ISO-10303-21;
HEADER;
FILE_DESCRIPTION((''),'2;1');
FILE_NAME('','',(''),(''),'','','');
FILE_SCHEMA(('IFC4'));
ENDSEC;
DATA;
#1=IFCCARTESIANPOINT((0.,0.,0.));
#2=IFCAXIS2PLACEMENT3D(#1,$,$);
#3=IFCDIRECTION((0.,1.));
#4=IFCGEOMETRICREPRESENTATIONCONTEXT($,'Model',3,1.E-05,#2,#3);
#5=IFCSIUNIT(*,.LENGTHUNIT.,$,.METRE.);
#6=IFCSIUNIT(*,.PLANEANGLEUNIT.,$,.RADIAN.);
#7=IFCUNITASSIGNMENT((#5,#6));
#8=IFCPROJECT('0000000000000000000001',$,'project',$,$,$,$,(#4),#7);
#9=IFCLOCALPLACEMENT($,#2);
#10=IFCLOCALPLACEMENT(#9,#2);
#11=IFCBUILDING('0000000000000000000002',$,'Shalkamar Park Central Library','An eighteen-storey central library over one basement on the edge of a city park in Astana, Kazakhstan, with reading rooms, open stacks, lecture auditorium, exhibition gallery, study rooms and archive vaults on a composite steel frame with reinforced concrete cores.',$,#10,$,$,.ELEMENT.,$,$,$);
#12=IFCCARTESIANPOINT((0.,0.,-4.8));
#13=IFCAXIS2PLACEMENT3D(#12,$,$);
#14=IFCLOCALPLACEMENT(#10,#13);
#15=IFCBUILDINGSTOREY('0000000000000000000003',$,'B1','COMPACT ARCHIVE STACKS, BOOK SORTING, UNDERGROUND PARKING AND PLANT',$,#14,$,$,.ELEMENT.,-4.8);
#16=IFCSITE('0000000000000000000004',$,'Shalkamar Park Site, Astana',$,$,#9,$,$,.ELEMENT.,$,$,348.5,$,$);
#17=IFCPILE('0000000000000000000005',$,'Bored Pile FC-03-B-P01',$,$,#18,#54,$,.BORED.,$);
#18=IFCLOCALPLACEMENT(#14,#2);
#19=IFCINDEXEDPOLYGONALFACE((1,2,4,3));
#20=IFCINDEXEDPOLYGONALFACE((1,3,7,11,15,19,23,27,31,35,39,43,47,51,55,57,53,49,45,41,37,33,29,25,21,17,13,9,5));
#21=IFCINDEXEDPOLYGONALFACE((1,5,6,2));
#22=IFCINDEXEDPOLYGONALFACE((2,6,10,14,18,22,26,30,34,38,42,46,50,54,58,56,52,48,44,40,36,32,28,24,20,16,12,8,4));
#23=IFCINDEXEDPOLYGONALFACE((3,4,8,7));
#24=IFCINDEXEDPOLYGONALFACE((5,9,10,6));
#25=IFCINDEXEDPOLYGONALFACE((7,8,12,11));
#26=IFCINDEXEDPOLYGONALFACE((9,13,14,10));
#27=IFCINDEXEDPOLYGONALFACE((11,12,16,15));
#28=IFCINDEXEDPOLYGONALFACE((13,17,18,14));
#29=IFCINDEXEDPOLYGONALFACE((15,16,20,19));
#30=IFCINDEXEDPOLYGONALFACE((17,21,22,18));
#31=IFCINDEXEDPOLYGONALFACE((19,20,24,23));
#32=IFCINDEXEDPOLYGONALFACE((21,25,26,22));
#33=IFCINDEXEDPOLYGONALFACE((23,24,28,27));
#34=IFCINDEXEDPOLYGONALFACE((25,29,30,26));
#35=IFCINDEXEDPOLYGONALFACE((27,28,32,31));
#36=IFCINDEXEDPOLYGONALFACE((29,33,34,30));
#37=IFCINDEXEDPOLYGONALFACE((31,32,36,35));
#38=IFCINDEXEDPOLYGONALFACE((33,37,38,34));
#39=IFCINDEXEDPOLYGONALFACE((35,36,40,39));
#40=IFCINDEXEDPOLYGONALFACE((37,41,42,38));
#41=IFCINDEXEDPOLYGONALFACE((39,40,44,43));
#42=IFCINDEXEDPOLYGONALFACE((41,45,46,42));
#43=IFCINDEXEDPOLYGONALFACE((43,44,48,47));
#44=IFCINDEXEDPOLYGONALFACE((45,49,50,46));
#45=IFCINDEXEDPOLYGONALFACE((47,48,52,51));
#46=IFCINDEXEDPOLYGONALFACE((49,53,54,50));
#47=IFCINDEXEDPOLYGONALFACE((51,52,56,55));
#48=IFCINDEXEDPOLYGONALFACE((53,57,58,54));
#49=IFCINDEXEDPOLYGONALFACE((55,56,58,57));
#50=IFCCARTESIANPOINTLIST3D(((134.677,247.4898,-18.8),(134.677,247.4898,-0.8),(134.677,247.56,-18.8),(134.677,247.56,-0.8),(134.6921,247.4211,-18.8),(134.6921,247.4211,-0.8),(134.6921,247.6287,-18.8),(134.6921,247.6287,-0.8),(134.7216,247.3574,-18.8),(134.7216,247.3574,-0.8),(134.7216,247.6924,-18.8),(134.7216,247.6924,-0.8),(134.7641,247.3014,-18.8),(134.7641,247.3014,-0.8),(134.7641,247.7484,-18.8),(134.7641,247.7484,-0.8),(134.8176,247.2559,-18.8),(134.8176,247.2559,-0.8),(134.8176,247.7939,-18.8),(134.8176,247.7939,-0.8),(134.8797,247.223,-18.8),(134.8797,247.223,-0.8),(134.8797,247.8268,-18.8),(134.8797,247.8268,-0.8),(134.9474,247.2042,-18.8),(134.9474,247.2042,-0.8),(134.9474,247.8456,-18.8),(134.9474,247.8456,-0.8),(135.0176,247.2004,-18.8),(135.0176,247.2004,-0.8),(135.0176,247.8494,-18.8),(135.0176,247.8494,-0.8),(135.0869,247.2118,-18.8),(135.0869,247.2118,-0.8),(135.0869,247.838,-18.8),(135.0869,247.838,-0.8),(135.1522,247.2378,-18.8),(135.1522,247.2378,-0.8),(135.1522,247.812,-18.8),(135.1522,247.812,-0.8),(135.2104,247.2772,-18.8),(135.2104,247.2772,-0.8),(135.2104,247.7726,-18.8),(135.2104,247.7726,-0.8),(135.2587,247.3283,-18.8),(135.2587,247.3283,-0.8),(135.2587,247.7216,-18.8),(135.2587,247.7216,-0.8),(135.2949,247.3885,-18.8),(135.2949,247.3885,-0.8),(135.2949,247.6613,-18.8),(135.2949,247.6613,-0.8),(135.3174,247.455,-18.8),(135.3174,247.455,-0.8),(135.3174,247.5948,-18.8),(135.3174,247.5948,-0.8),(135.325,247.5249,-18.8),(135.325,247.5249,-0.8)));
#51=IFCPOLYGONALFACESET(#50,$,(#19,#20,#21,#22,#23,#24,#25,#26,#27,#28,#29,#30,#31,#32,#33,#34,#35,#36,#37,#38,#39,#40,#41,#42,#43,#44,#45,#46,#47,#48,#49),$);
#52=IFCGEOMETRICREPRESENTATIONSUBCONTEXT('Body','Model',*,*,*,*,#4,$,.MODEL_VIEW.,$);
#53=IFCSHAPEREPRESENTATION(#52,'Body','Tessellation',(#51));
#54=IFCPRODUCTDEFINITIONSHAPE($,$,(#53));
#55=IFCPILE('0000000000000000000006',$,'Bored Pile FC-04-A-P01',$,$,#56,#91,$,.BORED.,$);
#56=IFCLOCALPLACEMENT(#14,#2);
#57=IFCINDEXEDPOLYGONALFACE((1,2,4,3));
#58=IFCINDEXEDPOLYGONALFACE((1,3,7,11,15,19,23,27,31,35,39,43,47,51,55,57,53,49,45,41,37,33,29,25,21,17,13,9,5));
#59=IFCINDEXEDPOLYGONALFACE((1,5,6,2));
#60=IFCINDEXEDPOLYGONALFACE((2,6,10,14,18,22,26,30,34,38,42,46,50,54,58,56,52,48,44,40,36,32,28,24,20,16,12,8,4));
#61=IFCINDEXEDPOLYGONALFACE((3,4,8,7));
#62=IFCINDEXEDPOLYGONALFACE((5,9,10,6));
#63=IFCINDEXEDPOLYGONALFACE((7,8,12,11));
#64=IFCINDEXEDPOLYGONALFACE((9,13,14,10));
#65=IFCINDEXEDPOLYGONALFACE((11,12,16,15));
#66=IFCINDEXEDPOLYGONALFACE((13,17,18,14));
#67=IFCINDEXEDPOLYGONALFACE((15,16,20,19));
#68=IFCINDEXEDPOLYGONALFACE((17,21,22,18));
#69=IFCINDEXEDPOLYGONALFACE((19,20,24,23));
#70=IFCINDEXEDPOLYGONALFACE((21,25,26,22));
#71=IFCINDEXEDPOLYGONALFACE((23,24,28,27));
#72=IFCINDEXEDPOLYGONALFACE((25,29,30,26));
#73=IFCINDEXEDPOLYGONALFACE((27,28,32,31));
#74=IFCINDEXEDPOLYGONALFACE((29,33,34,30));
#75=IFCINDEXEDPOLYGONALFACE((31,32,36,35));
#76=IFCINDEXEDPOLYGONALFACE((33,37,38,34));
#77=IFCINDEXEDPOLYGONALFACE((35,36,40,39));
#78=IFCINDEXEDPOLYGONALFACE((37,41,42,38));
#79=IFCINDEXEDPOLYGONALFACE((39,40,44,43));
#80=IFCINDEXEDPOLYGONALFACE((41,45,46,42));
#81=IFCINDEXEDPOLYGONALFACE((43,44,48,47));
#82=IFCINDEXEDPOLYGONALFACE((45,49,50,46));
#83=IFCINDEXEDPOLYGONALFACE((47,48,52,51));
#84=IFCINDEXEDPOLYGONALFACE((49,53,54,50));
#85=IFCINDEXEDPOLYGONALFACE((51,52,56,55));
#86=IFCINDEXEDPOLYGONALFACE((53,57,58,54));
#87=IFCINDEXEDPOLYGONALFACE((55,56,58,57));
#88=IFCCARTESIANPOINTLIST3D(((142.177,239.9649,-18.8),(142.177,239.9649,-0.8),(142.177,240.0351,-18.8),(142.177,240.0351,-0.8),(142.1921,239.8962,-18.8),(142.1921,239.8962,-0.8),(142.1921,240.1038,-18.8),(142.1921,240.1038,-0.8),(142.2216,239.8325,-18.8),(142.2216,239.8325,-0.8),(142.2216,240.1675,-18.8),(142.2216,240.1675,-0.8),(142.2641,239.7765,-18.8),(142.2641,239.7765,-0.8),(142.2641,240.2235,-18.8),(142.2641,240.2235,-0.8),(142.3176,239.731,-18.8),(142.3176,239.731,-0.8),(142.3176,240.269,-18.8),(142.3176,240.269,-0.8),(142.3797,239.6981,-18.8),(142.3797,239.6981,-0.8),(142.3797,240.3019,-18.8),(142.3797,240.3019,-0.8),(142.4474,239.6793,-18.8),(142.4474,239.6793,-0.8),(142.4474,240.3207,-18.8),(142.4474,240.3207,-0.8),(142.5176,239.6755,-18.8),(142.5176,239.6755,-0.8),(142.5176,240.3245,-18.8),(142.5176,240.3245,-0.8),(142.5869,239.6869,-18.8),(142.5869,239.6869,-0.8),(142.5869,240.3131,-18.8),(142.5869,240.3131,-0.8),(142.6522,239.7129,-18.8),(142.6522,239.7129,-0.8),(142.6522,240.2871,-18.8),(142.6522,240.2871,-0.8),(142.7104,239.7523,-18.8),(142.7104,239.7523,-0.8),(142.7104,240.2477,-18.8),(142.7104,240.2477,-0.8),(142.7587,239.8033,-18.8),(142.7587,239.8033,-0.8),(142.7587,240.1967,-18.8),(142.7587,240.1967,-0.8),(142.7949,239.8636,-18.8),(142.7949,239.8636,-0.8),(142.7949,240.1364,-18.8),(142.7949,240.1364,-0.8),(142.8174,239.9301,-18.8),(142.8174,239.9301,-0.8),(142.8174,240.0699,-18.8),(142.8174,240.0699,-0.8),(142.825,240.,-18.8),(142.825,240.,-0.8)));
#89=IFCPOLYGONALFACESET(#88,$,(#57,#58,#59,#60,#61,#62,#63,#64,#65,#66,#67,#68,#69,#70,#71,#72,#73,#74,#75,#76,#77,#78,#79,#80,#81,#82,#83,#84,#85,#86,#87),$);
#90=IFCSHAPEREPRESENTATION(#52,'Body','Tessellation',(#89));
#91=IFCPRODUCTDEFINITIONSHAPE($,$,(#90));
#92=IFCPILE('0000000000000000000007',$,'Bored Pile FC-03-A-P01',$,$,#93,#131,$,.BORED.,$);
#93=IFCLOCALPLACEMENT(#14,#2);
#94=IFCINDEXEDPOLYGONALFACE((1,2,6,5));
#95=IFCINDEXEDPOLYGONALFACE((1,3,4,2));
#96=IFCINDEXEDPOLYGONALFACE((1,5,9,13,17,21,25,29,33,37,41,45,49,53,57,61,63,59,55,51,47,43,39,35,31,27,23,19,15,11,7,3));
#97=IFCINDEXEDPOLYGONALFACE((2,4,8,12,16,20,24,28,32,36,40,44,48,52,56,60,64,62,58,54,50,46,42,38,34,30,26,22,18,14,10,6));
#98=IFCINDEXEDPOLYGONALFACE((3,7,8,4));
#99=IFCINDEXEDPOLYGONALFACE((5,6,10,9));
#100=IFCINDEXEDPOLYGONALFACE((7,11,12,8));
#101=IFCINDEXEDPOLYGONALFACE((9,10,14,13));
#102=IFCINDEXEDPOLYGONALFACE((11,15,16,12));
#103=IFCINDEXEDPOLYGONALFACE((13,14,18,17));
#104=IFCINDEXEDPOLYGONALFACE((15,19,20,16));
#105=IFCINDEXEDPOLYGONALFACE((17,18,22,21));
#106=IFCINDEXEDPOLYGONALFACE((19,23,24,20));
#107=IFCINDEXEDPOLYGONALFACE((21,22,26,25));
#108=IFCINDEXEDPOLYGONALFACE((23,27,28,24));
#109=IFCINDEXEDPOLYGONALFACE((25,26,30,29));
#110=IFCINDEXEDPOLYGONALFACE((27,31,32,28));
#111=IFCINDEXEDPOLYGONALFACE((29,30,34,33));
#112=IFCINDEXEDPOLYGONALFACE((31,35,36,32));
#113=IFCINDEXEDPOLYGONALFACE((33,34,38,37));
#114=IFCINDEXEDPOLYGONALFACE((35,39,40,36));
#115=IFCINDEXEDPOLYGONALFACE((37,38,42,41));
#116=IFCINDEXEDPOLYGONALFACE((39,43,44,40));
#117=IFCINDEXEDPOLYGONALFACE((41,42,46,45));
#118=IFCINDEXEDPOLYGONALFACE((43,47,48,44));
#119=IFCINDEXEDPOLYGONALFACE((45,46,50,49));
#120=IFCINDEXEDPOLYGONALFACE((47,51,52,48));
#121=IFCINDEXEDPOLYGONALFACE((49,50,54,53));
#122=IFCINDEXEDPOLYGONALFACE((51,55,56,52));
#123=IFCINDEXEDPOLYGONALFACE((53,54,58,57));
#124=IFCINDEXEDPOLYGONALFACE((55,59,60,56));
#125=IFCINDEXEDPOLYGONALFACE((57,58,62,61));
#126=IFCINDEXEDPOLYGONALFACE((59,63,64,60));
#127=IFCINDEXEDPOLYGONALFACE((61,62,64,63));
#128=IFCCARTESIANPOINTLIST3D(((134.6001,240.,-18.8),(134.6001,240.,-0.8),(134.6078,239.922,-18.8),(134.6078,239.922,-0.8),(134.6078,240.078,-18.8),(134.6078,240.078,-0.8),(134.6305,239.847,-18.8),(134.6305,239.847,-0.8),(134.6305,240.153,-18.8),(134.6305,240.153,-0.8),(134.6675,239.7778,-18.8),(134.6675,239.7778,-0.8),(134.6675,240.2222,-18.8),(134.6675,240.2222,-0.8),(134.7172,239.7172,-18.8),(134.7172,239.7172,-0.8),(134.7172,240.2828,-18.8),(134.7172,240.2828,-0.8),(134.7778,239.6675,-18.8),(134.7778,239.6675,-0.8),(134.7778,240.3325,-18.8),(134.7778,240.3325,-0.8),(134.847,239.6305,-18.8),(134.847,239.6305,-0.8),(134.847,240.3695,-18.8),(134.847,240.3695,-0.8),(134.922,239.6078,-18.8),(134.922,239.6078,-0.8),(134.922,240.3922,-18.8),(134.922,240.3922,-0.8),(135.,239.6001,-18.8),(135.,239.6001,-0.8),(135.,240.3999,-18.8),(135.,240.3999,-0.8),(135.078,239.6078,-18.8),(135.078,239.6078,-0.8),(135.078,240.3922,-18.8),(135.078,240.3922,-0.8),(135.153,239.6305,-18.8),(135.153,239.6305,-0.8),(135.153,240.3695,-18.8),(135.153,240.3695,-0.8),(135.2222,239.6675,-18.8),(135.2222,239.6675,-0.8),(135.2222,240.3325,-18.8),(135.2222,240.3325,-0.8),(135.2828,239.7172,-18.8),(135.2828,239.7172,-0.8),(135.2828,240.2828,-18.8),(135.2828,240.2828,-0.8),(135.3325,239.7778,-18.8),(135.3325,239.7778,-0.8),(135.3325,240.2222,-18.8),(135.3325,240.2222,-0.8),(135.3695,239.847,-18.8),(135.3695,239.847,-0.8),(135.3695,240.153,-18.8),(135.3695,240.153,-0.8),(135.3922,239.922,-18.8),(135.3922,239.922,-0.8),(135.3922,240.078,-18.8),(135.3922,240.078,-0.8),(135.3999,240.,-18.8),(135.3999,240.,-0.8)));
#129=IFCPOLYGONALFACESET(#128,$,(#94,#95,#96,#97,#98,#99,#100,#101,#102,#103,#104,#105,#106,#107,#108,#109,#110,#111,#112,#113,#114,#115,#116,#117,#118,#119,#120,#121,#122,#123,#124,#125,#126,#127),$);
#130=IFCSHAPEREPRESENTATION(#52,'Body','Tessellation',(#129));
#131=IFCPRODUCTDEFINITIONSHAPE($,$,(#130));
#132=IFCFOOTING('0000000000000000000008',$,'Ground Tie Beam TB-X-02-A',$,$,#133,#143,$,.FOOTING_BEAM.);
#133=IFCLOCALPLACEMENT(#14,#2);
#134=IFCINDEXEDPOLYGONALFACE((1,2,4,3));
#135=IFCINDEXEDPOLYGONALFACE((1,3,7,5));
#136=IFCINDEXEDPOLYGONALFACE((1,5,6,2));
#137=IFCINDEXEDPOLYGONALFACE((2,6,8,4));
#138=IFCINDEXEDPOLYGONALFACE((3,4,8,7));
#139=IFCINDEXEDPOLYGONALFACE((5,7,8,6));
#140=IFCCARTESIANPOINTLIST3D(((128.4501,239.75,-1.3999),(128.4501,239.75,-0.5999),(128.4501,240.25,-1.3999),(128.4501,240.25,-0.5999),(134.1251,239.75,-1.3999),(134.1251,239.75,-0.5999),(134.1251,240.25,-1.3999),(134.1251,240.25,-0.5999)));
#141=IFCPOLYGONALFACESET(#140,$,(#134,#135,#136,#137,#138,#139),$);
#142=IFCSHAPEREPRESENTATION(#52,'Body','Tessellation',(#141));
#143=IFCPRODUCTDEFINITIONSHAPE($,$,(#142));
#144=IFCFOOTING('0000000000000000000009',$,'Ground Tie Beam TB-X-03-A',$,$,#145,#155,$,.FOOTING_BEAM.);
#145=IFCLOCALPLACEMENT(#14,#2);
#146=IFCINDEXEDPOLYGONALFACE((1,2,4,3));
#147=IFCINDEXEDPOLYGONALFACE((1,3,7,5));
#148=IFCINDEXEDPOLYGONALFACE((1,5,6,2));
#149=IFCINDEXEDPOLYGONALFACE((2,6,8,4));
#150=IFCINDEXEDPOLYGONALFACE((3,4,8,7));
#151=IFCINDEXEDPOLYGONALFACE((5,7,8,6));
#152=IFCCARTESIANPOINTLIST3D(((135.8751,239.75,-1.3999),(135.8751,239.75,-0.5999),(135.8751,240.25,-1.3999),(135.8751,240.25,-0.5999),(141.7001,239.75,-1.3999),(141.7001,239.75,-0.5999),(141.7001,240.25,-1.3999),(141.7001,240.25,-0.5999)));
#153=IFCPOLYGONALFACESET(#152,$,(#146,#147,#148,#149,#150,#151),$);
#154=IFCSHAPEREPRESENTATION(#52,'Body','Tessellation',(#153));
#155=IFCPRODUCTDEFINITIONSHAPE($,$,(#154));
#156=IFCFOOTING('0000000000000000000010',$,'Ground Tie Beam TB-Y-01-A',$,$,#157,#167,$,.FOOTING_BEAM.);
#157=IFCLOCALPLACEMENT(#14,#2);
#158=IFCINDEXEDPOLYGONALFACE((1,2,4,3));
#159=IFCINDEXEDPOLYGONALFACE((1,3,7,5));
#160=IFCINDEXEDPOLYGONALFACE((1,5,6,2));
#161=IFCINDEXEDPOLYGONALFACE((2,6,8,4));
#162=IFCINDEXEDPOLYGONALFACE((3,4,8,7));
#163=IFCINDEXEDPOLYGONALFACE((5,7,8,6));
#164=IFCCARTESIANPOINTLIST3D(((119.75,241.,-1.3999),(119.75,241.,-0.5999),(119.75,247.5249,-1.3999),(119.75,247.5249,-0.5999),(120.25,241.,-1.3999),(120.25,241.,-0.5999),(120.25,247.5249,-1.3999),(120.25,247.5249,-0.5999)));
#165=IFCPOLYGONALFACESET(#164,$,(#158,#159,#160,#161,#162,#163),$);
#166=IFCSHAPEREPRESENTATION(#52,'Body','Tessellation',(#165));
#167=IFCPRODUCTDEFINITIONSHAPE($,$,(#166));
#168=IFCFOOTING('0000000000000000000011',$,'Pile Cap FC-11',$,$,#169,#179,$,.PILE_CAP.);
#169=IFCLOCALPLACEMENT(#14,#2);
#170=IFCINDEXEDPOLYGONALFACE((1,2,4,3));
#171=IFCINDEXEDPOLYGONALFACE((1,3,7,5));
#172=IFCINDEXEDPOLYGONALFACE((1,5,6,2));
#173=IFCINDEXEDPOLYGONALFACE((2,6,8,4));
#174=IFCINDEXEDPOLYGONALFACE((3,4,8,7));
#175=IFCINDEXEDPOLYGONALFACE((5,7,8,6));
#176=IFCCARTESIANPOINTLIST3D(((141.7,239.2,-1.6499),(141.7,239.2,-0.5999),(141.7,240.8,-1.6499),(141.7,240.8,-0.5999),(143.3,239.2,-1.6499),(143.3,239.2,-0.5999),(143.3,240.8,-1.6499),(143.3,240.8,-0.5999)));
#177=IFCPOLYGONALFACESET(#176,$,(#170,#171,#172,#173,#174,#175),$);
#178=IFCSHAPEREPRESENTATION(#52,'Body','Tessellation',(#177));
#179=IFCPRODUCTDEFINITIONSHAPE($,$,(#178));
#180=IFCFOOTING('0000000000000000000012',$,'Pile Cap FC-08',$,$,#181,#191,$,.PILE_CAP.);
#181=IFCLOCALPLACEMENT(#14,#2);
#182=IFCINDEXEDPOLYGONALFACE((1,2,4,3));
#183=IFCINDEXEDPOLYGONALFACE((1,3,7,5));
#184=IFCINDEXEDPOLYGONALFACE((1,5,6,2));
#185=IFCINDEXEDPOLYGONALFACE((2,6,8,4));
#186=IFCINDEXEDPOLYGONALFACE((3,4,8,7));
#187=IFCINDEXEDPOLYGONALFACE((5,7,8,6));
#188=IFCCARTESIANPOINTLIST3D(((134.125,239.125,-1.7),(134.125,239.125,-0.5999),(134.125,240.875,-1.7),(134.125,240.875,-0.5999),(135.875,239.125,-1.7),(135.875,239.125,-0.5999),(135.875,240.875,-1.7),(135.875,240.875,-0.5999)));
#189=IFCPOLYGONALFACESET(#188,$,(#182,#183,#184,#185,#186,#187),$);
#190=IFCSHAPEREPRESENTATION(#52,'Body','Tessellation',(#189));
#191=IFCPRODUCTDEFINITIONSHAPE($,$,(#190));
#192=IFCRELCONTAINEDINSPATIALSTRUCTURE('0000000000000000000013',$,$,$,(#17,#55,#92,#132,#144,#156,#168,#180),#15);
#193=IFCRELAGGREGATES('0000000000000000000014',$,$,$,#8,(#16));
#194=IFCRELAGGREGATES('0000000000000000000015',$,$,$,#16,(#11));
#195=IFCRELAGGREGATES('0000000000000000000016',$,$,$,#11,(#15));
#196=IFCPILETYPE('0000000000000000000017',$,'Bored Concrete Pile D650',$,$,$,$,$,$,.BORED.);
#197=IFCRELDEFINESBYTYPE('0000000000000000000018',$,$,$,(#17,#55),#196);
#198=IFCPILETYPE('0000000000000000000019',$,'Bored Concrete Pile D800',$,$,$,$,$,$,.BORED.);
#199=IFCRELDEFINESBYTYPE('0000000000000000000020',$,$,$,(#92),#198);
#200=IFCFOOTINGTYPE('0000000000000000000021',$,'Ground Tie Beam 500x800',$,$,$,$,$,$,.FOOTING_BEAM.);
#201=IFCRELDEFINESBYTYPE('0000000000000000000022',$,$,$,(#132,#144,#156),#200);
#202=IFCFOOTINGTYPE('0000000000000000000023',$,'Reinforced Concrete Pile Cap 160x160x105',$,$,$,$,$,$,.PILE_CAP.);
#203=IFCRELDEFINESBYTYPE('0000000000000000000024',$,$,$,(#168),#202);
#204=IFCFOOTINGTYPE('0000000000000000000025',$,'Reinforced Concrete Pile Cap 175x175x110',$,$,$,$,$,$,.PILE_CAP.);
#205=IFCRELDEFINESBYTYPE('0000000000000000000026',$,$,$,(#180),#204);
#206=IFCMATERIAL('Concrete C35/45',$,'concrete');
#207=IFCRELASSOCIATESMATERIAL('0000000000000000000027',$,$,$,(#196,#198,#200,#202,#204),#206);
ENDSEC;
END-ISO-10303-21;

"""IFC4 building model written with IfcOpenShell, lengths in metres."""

from ifc_helpers import new_model, si_unit, direction, frame, origin, origin_2d, place, context, subcontext, project, spatial, rectangle, circle, extrude, material, material_profile, profile_set, type_object, element, save


model = new_model("IFC4")

# Units and contexts
model_context = context("Model", 3, precision=1e-05, world=origin(), true_north=direction((0.0, 1.0)))
body_context = subcontext(model_context, "Body", "Model", "MODEL_VIEW")
ifc_project = project(units=[si_unit("LENGTHUNIT", "METRE"), si_unit("PLANEANGLEUNIT", "RADIAN")], contexts=[model_context])

# Site, building, storey
site_placement = place(None, origin())
site = spatial("IfcSite", under=ifc_project, at=site_placement, Name="Shalkamar Park Site, Astana", CompositionType="ELEMENT", RefElevation=348.5)
building_placement = place(site_placement, origin())
building = spatial("IfcBuilding", under=site, at=building_placement, Name="Shalkamar Park Central Library", Description="An eighteen-storey central library over one basement on the edge of a city park in Astana, Kazakhstan, with reading rooms, open stacks, lecture auditorium, exhibition gallery, study rooms and archive vaults on a composite steel frame with reinforced concrete cores.", CompositionType="ELEMENT")
storey_placement = place(building_placement, frame((0.0, 0.0, -4.8)))
storey = spatial("IfcBuildingStorey", under=building, at=storey_placement, Name="B1", Description="COMPACT ARCHIVE STACKS, BOOK SORTING, UNDERGROUND PARKING AND PLANT", CompositionType="ELEMENT", Elevation=-4.8)

# Piles
ifc_material_1 = material(Name="Concrete C35/45", Category="concrete")
ifc_material_profile_1 = material_profile(ifc_material_1, circle(Radius=0.325, at=origin_2d()), Name="PILE D650")
ifc_profile_set_1 = profile_set([ifc_material_profile_1], Name="Concrete C35/45")
pile_type_1 = type_object("IfcPileType", Name="Bored Concrete Pile D650", PredefinedType="BORED", material=ifc_profile_set_1)
for number, where, z_axis, x_axis, name in (
    (1, (135.0, 247.5249, -0.8), (0.0, 0.0, -1.0), (1.0, 0.0, 0.0), "Bored Pile FC-03-B-P01"),
    (2, (142.5, 240.0, -0.8), (0.0, 0.0, -1.0), (1.0, 0.0, 0.0), "Bored Pile FC-04-A-P01"),
):
    element("IfcPile", number, at=place(storey_placement, frame(where, z_axis=z_axis, x_axis=x_axis)), inside=storey, type_object=pile_type_1, Name=name, PredefinedType="BORED", context=body_context, shape_type="SweptSolid", body=[
        extrude(circle(Radius=0.325, at=origin_2d()), origin(), (0.0, 0.0, 1.0), 18.0),
    ])
ifc_material_profile_2 = material_profile(ifc_material_1, circle(Radius=0.3999, at=origin_2d()), Name="PILE D800")
ifc_profile_set_2 = profile_set([ifc_material_profile_2], Name="Concrete C35/45")
pile_type_2 = type_object("IfcPileType", Name="Bored Concrete Pile D800", PredefinedType="BORED", material=ifc_profile_set_2)
pile_placement = place(storey_placement, frame((135.0, 240.0, -0.8), z_axis=(0.0, 0.0, -1.0), x_axis=(1.0, 0.0, 0.0)))
element("IfcPile", 3, at=pile_placement, inside=storey, type_object=pile_type_2, Name="Bored Pile FC-03-A-P01", PredefinedType="BORED", context=body_context, shape_type="SweptSolid", body=[
    extrude(circle(Radius=0.3999, at=origin_2d()), origin(), (0.0, 0.0, 1.0), 18.0),
])

# Footings
footing_type_1 = type_object("IfcFootingType", Name="Ground Tie Beam 500x800", PredefinedType="FOOTING_BEAM", material=ifc_material_1)
footing_1_placement = place(storey_placement, frame((131.2876, 240.0, -1.3999), z_axis=(0.0, 0.0, 1.0), x_axis=(1.0, 0.0, 0.0)))
element("IfcFooting", 4, at=footing_1_placement, inside=storey, type_object=footing_type_1, Name="Ground Tie Beam TB-X-02-A", PredefinedType="FOOTING_BEAM", context=body_context, shape_type="SweptSolid", body=[
    extrude(rectangle(XDim=5.675, YDim=0.5, at=origin_2d()), origin(), (0.0, 0.0, 1.0), 0.8),
])
footing_2_placement = place(storey_placement, frame((138.7876, 240.0, -1.3999), z_axis=(0.0, 0.0, 1.0), x_axis=(1.0, 0.0, 0.0)))
element("IfcFooting", 5, at=footing_2_placement, inside=storey, type_object=footing_type_1, Name="Ground Tie Beam TB-X-03-A", PredefinedType="FOOTING_BEAM", context=body_context, shape_type="SweptSolid", body=[
    extrude(rectangle(XDim=5.825, YDim=0.5, at=origin_2d()), origin(), (0.0, 0.0, 1.0), 0.8),
])
footing_3_placement = place(storey_placement, frame((120.0, 244.2625, -1.3999), z_axis=(0.0, 0.0, 1.0), x_axis=(0.0, 1.0, 0.0)))
element("IfcFooting", 6, at=footing_3_placement, inside=storey, type_object=footing_type_1, Name="Ground Tie Beam TB-Y-01-A", PredefinedType="FOOTING_BEAM", context=body_context, shape_type="SweptSolid", body=[
    extrude(rectangle(XDim=6.5249, YDim=0.5, at=origin_2d()), origin(), (0.0, 0.0, 1.0), 0.8),
])
footing_type_2 = type_object("IfcFootingType", Name="Reinforced Concrete Pile Cap 160x160x105", PredefinedType="PILE_CAP", material=ifc_material_1)
footing_4_placement = place(storey_placement, frame((142.5, 240.0, -1.6499), z_axis=(0.0, 0.0, 1.0), x_axis=(1.0, 0.0, 0.0)))
element("IfcFooting", 7, at=footing_4_placement, inside=storey, type_object=footing_type_2, Name="Pile Cap FC-11", PredefinedType="PILE_CAP", context=body_context, shape_type="SweptSolid", body=[
    extrude(rectangle(XDim=1.6001, YDim=1.6001, at=origin_2d()), origin(), (0.0, 0.0, 1.0), 1.05),
])
footing_type_3 = type_object("IfcFootingType", Name="Reinforced Concrete Pile Cap 175x175x110", PredefinedType="PILE_CAP", material=ifc_material_1)
footing_5_placement = place(storey_placement, frame((135.0, 240.0, -1.7), z_axis=(0.0, 0.0, 1.0), x_axis=(1.0, 0.0, 0.0)))
element("IfcFooting", 8, at=footing_5_placement, inside=storey, type_object=footing_type_3, Name="Pile Cap FC-08", PredefinedType="PILE_CAP", context=body_context, shape_type="SweptSolid", body=[
    extrude(rectangle(XDim=1.75, YDim=1.75, at=origin_2d()), origin(), (0.0, 0.0, 1.0), 1.1001),
])

save(model, "model.ifc")
